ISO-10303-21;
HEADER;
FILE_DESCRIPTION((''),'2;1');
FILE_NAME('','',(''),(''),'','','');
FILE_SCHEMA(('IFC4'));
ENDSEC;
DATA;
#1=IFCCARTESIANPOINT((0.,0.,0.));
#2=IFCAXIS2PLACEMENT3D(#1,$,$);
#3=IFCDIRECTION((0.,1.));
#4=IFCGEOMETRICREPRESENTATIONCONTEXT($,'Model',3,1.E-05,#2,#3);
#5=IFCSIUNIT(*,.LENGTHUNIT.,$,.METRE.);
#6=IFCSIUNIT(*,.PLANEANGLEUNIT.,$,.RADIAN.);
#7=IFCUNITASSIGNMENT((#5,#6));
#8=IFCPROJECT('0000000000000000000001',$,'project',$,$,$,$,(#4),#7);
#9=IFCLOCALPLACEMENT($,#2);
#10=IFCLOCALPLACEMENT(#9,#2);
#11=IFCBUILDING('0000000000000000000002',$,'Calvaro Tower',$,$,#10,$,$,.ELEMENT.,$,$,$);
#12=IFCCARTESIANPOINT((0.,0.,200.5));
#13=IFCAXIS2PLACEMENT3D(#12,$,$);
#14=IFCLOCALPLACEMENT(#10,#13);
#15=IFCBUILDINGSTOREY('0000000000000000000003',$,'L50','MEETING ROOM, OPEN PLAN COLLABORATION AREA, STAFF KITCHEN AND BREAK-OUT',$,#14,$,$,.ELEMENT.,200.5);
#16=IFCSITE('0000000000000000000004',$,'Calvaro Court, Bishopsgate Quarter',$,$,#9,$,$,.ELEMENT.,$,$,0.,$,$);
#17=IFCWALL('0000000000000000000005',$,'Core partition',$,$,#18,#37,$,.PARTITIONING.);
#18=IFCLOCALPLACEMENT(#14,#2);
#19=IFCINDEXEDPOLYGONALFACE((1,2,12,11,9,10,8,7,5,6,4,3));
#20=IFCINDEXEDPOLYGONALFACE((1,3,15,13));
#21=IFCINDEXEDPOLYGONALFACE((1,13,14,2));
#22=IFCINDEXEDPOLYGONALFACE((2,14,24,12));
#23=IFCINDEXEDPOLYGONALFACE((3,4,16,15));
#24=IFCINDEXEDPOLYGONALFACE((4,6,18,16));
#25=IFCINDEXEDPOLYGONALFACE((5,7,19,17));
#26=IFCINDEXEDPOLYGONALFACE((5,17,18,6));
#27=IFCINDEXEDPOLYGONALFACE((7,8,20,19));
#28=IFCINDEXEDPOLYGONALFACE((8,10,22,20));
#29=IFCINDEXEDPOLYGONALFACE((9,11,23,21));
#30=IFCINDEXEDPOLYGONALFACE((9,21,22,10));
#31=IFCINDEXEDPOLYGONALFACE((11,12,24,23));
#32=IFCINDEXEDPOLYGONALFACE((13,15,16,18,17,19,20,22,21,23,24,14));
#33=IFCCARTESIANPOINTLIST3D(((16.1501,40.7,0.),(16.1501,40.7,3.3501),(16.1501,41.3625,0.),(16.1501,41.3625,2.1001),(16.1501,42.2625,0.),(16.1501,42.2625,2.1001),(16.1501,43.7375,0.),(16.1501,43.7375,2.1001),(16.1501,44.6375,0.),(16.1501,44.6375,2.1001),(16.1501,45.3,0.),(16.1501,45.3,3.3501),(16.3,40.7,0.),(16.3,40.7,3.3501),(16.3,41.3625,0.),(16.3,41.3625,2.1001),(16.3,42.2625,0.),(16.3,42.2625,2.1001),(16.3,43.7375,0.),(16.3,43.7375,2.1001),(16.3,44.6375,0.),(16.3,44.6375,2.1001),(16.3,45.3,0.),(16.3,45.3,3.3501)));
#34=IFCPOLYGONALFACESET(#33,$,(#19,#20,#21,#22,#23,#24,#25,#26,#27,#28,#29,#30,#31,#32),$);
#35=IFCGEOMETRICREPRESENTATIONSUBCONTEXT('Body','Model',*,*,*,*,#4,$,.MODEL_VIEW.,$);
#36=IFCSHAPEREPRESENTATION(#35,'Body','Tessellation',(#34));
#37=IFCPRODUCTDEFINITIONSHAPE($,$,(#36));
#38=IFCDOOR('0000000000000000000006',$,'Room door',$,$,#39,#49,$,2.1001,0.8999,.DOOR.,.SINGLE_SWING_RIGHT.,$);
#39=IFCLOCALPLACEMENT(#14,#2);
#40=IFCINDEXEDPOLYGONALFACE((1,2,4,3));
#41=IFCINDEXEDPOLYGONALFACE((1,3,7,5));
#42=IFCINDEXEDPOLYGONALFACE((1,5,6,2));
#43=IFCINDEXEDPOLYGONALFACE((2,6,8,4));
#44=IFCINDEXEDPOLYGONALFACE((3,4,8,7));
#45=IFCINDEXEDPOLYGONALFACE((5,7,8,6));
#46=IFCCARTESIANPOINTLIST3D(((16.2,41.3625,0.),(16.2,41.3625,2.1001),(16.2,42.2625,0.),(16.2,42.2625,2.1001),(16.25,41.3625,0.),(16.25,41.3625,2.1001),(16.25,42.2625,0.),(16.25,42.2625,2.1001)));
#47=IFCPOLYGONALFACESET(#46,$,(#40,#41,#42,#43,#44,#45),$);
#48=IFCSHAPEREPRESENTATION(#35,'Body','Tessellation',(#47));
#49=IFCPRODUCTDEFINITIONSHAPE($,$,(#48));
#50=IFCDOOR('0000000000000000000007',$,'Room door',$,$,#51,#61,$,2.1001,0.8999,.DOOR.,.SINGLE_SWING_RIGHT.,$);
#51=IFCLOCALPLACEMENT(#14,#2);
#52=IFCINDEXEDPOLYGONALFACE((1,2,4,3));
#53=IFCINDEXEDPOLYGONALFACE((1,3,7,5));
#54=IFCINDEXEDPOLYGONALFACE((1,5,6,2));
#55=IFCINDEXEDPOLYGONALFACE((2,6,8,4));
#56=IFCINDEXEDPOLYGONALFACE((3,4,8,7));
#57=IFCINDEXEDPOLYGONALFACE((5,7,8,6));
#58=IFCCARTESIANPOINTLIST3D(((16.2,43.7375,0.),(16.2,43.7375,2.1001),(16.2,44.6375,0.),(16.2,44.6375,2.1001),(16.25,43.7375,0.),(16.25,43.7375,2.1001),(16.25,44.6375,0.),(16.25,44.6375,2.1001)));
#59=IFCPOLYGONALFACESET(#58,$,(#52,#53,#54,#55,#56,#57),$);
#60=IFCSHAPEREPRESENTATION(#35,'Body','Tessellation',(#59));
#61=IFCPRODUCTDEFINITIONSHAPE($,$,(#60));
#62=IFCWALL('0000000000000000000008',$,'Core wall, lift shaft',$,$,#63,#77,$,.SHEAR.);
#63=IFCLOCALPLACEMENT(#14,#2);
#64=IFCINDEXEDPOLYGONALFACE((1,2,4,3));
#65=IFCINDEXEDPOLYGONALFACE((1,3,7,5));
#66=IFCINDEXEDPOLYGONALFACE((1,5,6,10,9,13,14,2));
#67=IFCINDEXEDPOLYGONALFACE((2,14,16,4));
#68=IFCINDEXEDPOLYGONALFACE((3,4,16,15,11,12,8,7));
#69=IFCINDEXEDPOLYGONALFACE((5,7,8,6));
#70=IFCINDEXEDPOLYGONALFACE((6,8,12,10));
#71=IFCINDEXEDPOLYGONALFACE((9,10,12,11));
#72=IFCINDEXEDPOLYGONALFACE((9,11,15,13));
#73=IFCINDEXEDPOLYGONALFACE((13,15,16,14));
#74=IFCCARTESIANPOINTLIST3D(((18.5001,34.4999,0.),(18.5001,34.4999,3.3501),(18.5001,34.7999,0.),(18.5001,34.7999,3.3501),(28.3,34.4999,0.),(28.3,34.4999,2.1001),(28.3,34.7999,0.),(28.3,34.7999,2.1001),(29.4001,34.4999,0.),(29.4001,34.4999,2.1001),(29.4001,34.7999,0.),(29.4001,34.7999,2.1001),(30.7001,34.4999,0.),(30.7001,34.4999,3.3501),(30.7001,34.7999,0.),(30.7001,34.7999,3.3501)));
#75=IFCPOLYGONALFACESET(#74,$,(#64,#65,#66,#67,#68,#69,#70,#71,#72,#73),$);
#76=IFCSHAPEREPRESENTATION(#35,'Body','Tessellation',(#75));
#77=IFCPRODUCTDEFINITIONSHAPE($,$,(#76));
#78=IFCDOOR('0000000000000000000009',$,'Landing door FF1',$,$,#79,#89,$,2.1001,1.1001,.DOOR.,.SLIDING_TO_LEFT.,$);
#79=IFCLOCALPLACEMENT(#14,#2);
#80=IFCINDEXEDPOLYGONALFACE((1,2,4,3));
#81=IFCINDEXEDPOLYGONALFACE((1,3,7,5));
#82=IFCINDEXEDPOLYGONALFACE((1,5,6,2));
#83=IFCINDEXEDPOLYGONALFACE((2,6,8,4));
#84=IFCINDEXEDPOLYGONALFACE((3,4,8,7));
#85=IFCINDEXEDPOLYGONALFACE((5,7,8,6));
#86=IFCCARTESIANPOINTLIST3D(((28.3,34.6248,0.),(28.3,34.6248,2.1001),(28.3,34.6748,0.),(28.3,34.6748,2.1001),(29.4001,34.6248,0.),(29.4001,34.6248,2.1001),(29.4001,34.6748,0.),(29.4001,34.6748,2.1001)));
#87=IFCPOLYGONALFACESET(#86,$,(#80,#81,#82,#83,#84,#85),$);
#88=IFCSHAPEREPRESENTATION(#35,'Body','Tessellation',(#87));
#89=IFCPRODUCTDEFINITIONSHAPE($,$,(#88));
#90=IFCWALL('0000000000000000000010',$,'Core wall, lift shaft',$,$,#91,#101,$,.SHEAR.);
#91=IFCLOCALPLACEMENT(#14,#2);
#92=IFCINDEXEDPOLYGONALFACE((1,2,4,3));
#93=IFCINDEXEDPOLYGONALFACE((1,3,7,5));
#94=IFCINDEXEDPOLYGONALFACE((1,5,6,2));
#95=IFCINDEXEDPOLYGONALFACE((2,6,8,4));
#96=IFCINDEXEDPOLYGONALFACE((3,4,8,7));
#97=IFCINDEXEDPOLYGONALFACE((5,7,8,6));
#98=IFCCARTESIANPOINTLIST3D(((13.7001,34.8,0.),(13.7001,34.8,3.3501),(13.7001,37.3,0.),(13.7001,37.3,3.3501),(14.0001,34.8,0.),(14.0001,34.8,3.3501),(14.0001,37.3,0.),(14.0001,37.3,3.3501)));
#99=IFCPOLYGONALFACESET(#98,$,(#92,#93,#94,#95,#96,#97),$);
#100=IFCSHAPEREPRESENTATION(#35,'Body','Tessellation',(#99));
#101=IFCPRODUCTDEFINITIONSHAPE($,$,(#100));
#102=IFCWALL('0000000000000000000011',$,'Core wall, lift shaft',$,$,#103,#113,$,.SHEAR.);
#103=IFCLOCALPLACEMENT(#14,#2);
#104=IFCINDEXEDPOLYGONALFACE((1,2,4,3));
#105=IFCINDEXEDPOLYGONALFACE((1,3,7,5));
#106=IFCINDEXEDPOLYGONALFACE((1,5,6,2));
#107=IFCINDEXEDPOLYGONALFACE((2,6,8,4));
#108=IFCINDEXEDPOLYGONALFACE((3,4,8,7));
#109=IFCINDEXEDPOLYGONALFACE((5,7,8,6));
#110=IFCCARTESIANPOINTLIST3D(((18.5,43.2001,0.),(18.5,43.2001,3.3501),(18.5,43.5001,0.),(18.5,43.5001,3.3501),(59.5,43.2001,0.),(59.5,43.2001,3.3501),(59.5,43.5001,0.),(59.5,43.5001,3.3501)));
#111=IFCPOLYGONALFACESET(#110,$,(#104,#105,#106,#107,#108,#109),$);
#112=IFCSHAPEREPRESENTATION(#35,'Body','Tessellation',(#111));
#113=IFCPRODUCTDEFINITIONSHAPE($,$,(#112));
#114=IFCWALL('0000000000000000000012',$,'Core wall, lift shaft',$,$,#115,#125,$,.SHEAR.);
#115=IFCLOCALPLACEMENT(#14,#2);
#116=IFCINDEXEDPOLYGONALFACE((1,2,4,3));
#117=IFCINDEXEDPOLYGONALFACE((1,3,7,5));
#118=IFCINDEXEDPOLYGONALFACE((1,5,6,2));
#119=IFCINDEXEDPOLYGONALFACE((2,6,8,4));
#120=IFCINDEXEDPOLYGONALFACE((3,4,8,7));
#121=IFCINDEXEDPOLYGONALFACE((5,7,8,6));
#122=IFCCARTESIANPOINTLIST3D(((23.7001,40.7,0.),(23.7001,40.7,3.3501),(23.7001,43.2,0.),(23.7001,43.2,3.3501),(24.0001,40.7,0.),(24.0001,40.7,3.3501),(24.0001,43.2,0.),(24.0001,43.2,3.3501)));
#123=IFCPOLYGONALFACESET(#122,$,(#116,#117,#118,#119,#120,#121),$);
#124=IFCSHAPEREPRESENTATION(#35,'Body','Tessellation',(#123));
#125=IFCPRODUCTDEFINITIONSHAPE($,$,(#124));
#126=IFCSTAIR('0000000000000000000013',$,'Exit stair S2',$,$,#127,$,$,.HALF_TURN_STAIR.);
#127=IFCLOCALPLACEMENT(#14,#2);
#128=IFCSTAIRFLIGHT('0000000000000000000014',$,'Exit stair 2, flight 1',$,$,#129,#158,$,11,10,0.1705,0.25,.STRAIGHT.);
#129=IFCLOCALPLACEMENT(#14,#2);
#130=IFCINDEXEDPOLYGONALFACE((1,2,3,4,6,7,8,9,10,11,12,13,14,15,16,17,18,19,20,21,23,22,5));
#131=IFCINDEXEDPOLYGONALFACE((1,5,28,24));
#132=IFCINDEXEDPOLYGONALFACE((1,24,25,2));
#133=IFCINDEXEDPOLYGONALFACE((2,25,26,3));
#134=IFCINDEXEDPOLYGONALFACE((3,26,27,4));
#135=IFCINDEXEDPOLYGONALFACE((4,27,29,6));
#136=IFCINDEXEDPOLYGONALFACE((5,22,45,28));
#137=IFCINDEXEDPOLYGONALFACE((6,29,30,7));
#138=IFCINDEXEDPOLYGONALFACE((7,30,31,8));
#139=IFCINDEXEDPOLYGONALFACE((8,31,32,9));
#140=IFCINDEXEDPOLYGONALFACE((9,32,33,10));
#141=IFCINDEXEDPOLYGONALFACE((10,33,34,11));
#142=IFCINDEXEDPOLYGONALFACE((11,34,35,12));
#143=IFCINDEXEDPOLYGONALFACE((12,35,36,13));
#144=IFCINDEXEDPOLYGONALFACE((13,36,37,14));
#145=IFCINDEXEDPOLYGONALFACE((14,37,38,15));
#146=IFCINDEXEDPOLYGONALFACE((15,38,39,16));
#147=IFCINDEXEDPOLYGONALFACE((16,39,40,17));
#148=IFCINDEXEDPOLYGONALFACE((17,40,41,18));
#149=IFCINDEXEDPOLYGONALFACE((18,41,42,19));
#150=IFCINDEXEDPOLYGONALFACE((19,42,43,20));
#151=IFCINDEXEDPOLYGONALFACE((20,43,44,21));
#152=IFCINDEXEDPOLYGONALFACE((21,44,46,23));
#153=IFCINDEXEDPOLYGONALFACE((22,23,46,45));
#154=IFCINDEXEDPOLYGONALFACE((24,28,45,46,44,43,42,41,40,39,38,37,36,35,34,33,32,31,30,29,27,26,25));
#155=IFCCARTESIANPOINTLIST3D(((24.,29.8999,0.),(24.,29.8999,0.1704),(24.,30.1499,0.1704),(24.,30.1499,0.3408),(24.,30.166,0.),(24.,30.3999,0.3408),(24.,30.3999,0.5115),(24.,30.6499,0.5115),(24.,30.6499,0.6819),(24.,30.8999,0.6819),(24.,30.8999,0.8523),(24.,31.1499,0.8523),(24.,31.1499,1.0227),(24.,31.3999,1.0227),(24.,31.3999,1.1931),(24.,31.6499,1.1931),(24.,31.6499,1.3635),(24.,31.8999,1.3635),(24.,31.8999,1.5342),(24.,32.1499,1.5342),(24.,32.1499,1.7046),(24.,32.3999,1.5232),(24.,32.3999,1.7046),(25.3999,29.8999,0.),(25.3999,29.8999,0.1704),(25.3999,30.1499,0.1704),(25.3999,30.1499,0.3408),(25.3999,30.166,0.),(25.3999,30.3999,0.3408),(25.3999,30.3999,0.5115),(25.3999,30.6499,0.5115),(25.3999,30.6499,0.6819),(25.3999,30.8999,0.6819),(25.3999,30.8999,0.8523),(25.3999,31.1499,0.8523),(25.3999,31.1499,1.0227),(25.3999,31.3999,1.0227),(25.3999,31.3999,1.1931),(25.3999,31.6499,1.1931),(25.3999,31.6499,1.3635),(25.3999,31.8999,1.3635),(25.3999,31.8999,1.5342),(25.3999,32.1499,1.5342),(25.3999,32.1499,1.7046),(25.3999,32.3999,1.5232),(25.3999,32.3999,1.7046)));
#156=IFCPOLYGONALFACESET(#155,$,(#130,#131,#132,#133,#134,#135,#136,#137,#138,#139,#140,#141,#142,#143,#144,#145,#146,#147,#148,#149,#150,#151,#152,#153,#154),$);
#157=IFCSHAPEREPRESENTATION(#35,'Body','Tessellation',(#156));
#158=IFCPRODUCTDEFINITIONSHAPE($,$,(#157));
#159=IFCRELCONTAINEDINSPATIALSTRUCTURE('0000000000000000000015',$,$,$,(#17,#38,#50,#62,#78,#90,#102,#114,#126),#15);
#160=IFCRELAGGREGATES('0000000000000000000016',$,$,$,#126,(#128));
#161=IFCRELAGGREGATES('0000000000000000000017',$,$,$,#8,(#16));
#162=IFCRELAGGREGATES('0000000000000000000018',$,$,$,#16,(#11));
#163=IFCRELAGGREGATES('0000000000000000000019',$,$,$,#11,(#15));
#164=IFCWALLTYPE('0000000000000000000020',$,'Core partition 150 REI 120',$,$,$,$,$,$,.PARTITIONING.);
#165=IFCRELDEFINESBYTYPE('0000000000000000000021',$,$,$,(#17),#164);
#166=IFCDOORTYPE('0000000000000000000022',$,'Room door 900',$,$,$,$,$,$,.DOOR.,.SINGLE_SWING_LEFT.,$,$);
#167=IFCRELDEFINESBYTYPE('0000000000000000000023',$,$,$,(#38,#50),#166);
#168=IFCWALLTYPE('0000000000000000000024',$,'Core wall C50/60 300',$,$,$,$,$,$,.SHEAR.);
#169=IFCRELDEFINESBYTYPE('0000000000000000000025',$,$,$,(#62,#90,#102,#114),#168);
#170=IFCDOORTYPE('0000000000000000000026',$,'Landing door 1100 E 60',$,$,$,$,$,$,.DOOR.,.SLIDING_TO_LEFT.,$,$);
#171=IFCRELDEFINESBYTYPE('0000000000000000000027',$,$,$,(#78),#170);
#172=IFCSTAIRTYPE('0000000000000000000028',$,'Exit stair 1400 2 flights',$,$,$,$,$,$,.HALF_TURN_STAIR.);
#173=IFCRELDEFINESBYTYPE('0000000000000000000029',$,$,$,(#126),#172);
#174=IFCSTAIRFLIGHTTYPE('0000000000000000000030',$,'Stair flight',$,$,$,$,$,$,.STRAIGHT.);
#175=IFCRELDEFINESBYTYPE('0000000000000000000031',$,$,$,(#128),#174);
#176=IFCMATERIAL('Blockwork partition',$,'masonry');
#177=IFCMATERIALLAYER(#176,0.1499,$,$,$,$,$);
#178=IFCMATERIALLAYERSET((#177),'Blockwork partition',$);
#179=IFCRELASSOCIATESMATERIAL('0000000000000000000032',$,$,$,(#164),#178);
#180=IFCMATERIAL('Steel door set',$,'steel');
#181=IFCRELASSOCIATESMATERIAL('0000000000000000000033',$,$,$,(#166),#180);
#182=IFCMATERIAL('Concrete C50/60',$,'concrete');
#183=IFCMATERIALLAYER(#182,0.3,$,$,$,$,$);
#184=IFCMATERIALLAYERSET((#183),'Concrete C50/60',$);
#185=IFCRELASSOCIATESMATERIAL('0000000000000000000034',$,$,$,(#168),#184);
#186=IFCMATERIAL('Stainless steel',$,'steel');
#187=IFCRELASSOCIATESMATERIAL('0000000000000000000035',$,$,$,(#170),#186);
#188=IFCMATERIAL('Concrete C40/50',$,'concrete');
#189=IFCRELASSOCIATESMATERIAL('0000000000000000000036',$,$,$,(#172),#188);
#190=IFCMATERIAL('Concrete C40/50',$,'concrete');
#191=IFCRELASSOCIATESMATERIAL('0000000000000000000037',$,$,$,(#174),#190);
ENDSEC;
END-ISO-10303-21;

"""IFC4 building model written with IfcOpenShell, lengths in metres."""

from ifc_helpers import new_model, si_unit, direction, frame, frame_2d, origin, place, context, subcontext, project, spatial, polyline, rectangle, outline, extrude, material, layer, layer_set, type_object, element, fill, aggregate, save


model = new_model("IFC4")

# Units and contexts
model_context = context("Model", 3, precision=1e-05, world=origin(), true_north=direction((0.0, 1.0)))
body_context = subcontext(model_context, "Body", "Model", "MODEL_VIEW")
ifc_project = project(units=[si_unit("LENGTHUNIT", "METRE"), si_unit("PLANEANGLEUNIT", "RADIAN")], contexts=[model_context])

# Site, building, storey
site_placement = place(None, origin())
site = spatial("IfcSite", under=ifc_project, at=site_placement, Name="Calvaro Court, Bishopsgate Quarter", CompositionType="ELEMENT", RefElevation=0.0)
building_placement = place(site_placement, origin())
building = spatial("IfcBuilding", under=site, at=building_placement, Name="Calvaro Tower", CompositionType="ELEMENT")
storey_placement = place(building_placement, frame((0.0, 0.0, 200.5)))
storey = spatial("IfcBuildingStorey", under=building, at=storey_placement, Name="L50", Description="MEETING ROOM, OPEN PLAN COLLABORATION AREA, STAFF KITCHEN AND BREAK-OUT", CompositionType="ELEMENT", Elevation=200.5)

# Wall, openings, doors
ifc_material_1 = material(Name="Blockwork partition", Category="masonry")
ifc_layer_1 = layer(ifc_material_1, 0.1499)
ifc_layer_set_1 = layer_set([ifc_layer_1], Name="Blockwork partition")
wall_type_1 = type_object("IfcWallType", Name="Core partition 150 REI 120", PredefinedType="PARTITIONING", material=ifc_layer_set_1)
wall_1_placement = place(storey_placement, frame((16.2251, 45.3, 0.0), z_axis=(0.0, 0.0, 1.0), x_axis=(0.0, -1.0, 0.0)))
wall_1 = element("IfcWall", 1, at=wall_1_placement, inside=storey, type_object=wall_type_1, Name="Core partition", PredefinedType="PARTITIONING", context=body_context, shape_type="SweptSolid", body=[
    extrude(rectangle(XDim=4.6001, YDim=0.1499, at=frame_2d((2.3, 0.0))), origin(), (0.0, 0.0, 1.0), 3.3501),
])
opening_1_placement = place(wall_1_placement, frame((3.0376, 0.0, 0.0)))
opening_1 = element("IfcOpeningElement", 2, at=opening_1_placement, cuts=wall_1, PredefinedType="OPENING", context=body_context, shape_type="SweptSolid", body=[
    extrude(rectangle(XDim=0.8999, YDim=2.1001, at=frame_2d((0.45, 1.05))), frame((0.0, 0.085, 0.0), z_axis=(0.0, -1.0, 0.0), x_axis=(1.0, 0.0, 0.0)), (0.0, 0.0, 1.0), 0.1699),
])
opening_2_placement = place(wall_1_placement, frame((0.6626, 0.0, 0.0)))
opening_2 = element("IfcOpeningElement", 3, at=opening_2_placement, cuts=wall_1, PredefinedType="OPENING", context=body_context, shape_type="SweptSolid", body=[
    extrude(rectangle(XDim=0.8999, YDim=2.1001, at=frame_2d((0.45, 1.05))), frame((0.0, 0.085, 0.0), z_axis=(0.0, -1.0, 0.0), x_axis=(1.0, 0.0, 0.0)), (0.0, 0.0, 1.0), 0.1699),
])
ifc_material_2 = material(Name="Steel door set", Category="steel")
door_type_1 = type_object("IfcDoorType", Name="Room door 900", OperationType="SINGLE_SWING_LEFT", PredefinedType="DOOR", material=ifc_material_2)
door_1_placement = place(opening_1_placement, origin())
door_1 = element("IfcDoor", 4, at=door_1_placement, inside=storey, type_object=door_type_1, Name="Room door", OperationType="SINGLE_SWING_RIGHT", OverallHeight=2.1001, OverallWidth=0.8999, PredefinedType="DOOR", context=body_context, shape_type="SweptSolid", body=[
    extrude(rectangle(XDim=0.8999, YDim=2.1001, at=frame_2d((0.45, 1.05))), frame((0.0, 0.0249, 0.0), z_axis=(0.0, -1.0, 0.0), x_axis=(1.0, 0.0, 0.0)), (0.0, 0.0, 1.0), 0.05),
])
fill(opening_1, door_1)
door_2_placement = place(opening_2_placement, origin())
door_2 = element("IfcDoor", 5, at=door_2_placement, inside=storey, type_object=door_type_1, Name="Room door", OperationType="SINGLE_SWING_RIGHT", OverallHeight=2.1001, OverallWidth=0.8999, PredefinedType="DOOR", context=body_context, shape_type="SweptSolid", body=[
    extrude(rectangle(XDim=0.8999, YDim=2.1001, at=frame_2d((0.45, 1.05))), frame((0.0, 0.0249, 0.0), z_axis=(0.0, -1.0, 0.0), x_axis=(1.0, 0.0, 0.0)), (0.0, 0.0, 1.0), 0.05),
])
fill(opening_2, door_2)

# Wall, opening, door
ifc_material_3 = material(Name="Concrete C50/60", Category="concrete")
ifc_layer_2 = layer(ifc_material_3, 0.3)
ifc_layer_set_2 = layer_set([ifc_layer_2], Name="Concrete C50/60")
wall_type_2 = type_object("IfcWallType", Name="Core wall C50/60 300", PredefinedType="SHEAR", material=ifc_layer_set_2)
wall_2_placement = place(storey_placement, frame((18.5, 34.6499, 0.0), z_axis=(0.0, 0.0, 1.0), x_axis=(1.0, 0.0, 0.0)))
wall_2 = element("IfcWall", 6, at=wall_2_placement, inside=storey, type_object=wall_type_2, Name="Core wall, lift shaft", PredefinedType="SHEAR", context=body_context, shape_type="SweptSolid", body=[
    extrude(rectangle(XDim=12.2, YDim=0.3, at=frame_2d((6.1001, 0.0))), origin(), (0.0, 0.0, 1.0), 3.3501),
])
opening_3_placement = place(wall_2_placement, frame((9.8, 0.0, 0.0)))
opening_3 = element("IfcOpeningElement", 7, at=opening_3_placement, cuts=wall_2, PredefinedType="OPENING", context=body_context, shape_type="SweptSolid", body=[
    extrude(rectangle(XDim=1.1001, YDim=2.1001, at=frame_2d((0.55, 1.05))), frame((0.0, 0.1599, 0.0), z_axis=(0.0, -1.0, 0.0), x_axis=(1.0, 0.0, 0.0)), (0.0, 0.0, 1.0), 0.3201),
])
ifc_material_4 = material(Name="Stainless steel", Category="steel")
door_type_2 = type_object("IfcDoorType", Name="Landing door 1100 E 60", OperationType="SLIDING_TO_LEFT", PredefinedType="DOOR", material=ifc_material_4)
door_3_placement = place(opening_3_placement, origin())
door_3 = element("IfcDoor", 8, at=door_3_placement, inside=storey, type_object=door_type_2, Name="Landing door FF1", OperationType="SLIDING_TO_LEFT", OverallHeight=2.1001, OverallWidth=1.1001, PredefinedType="DOOR", context=body_context, shape_type="SweptSolid", body=[
    extrude(rectangle(XDim=1.1001, YDim=2.1001, at=frame_2d((0.55, 1.05))), frame((0.0, 0.0249, 0.0), z_axis=(0.0, -1.0, 0.0), x_axis=(1.0, 0.0, 0.0)), (0.0, 0.0, 1.0), 0.05),
])
fill(opening_3, door_3)

# Wall
wall_3_placement = place(storey_placement, frame((13.8501, 34.8, 0.0), z_axis=(0.0, 0.0, 1.0), x_axis=(0.0, 1.0, 0.0)))
element("IfcWall", 9, at=wall_3_placement, inside=storey, type_object=wall_type_2, Name="Core wall, lift shaft", PredefinedType="SHEAR", context=body_context, shape_type="SweptSolid", body=[
    extrude(rectangle(XDim=2.5, YDim=0.3, at=frame_2d((1.25, 0.0))), origin(), (0.0, 0.0, 1.0), 3.3501),
])

# Walls
wall_4_placement = place(storey_placement, frame((18.5, 43.3501, 0.0), z_axis=(0.0, 0.0, 1.0), x_axis=(1.0, 0.0, 0.0)))
element("IfcWall", 10, at=wall_4_placement, inside=storey, type_object=wall_type_2, Name="Core wall, lift shaft", PredefinedType="SHEAR", context=body_context, shape_type="SweptSolid", body=[
    extrude(rectangle(XDim=41.0, YDim=0.3, at=frame_2d((20.5, 0.0))), origin(), (0.0, 0.0, 1.0), 3.3501),
])
wall_5_placement = place(storey_placement, frame((23.8501, 40.7, 0.0), z_axis=(0.0, 0.0, 1.0), x_axis=(0.0, 1.0, 0.0)))
element("IfcWall", 11, at=wall_5_placement, inside=storey, type_object=wall_type_2, Name="Core wall, lift shaft", PredefinedType="SHEAR", context=body_context, shape_type="SweptSolid", body=[
    extrude(rectangle(XDim=2.5, YDim=0.3, at=frame_2d((1.25, 0.0))), origin(), (0.0, 0.0, 1.0), 3.3501),
])

# Stair, stair flight
ifc_material_5 = material(Name="Concrete C40/50", Category="concrete")
stair_type = type_object("IfcStairType", Name="Exit stair 1400 2 flights", PredefinedType="HALF_TURN_STAIR", material=ifc_material_5)
stair_placement = place(storey_placement, origin())
stair = element("IfcStair", 12, at=stair_placement, inside=storey, type_object=stair_type, Name="Exit stair S2", PredefinedType="HALF_TURN_STAIR")
ifc_material_6 = material(Name="Concrete C40/50", Category="concrete")
stair_flight_type = type_object("IfcStairFlightType", Name="Stair flight", PredefinedType="STRAIGHT", material=ifc_material_6)
stair_flight_placement = place(storey_placement, frame((24.7, 29.8999, 0.0), z_axis=(0.0, 0.0, 1.0), x_axis=(0.0, 1.0, 0.0)))
stair_flight = element("IfcStairFlight", 13, at=stair_flight_placement, type_object=stair_flight_type, Name="Exit stair 2, flight 1", NumberOfRisers=11, NumberOfTreads=10, PredefinedType="STRAIGHT", RiserHeight=0.1705, TreadLength=0.25, context=body_context, shape_type="SweptSolid", body=[
    extrude(outline(polyline([(0.0, 0.0), (0.0, 0.1704), (0.25, 0.1704), (0.25, 0.3408), (0.5, 0.3408), (0.5, 0.5115), (0.75, 0.5115), (0.75, 0.6819), (1.0, 0.6819), (1.0, 0.8523), (1.25, 0.8523), (1.25, 1.0227), (1.5, 1.0227), (1.5, 1.1931), (1.75, 1.1931), (1.75, 1.3635), (2.0, 1.3635), (2.0, 1.5342), (2.25, 1.5342), (2.25, 1.7046), (2.5, 1.7046), (2.5, 1.875), (2.5, 1.5232), (0.2661, 0.0), (0.0, 0.0)])), frame((0.0, 0.7, 0.0), z_axis=(0.0, -1.0, 0.0), x_axis=(1.0, 0.0, 0.0)), (0.0, 0.0, 1.0), 1.3999),
])
aggregate(stair, [stair_flight])

save(model, "model.ifc")
